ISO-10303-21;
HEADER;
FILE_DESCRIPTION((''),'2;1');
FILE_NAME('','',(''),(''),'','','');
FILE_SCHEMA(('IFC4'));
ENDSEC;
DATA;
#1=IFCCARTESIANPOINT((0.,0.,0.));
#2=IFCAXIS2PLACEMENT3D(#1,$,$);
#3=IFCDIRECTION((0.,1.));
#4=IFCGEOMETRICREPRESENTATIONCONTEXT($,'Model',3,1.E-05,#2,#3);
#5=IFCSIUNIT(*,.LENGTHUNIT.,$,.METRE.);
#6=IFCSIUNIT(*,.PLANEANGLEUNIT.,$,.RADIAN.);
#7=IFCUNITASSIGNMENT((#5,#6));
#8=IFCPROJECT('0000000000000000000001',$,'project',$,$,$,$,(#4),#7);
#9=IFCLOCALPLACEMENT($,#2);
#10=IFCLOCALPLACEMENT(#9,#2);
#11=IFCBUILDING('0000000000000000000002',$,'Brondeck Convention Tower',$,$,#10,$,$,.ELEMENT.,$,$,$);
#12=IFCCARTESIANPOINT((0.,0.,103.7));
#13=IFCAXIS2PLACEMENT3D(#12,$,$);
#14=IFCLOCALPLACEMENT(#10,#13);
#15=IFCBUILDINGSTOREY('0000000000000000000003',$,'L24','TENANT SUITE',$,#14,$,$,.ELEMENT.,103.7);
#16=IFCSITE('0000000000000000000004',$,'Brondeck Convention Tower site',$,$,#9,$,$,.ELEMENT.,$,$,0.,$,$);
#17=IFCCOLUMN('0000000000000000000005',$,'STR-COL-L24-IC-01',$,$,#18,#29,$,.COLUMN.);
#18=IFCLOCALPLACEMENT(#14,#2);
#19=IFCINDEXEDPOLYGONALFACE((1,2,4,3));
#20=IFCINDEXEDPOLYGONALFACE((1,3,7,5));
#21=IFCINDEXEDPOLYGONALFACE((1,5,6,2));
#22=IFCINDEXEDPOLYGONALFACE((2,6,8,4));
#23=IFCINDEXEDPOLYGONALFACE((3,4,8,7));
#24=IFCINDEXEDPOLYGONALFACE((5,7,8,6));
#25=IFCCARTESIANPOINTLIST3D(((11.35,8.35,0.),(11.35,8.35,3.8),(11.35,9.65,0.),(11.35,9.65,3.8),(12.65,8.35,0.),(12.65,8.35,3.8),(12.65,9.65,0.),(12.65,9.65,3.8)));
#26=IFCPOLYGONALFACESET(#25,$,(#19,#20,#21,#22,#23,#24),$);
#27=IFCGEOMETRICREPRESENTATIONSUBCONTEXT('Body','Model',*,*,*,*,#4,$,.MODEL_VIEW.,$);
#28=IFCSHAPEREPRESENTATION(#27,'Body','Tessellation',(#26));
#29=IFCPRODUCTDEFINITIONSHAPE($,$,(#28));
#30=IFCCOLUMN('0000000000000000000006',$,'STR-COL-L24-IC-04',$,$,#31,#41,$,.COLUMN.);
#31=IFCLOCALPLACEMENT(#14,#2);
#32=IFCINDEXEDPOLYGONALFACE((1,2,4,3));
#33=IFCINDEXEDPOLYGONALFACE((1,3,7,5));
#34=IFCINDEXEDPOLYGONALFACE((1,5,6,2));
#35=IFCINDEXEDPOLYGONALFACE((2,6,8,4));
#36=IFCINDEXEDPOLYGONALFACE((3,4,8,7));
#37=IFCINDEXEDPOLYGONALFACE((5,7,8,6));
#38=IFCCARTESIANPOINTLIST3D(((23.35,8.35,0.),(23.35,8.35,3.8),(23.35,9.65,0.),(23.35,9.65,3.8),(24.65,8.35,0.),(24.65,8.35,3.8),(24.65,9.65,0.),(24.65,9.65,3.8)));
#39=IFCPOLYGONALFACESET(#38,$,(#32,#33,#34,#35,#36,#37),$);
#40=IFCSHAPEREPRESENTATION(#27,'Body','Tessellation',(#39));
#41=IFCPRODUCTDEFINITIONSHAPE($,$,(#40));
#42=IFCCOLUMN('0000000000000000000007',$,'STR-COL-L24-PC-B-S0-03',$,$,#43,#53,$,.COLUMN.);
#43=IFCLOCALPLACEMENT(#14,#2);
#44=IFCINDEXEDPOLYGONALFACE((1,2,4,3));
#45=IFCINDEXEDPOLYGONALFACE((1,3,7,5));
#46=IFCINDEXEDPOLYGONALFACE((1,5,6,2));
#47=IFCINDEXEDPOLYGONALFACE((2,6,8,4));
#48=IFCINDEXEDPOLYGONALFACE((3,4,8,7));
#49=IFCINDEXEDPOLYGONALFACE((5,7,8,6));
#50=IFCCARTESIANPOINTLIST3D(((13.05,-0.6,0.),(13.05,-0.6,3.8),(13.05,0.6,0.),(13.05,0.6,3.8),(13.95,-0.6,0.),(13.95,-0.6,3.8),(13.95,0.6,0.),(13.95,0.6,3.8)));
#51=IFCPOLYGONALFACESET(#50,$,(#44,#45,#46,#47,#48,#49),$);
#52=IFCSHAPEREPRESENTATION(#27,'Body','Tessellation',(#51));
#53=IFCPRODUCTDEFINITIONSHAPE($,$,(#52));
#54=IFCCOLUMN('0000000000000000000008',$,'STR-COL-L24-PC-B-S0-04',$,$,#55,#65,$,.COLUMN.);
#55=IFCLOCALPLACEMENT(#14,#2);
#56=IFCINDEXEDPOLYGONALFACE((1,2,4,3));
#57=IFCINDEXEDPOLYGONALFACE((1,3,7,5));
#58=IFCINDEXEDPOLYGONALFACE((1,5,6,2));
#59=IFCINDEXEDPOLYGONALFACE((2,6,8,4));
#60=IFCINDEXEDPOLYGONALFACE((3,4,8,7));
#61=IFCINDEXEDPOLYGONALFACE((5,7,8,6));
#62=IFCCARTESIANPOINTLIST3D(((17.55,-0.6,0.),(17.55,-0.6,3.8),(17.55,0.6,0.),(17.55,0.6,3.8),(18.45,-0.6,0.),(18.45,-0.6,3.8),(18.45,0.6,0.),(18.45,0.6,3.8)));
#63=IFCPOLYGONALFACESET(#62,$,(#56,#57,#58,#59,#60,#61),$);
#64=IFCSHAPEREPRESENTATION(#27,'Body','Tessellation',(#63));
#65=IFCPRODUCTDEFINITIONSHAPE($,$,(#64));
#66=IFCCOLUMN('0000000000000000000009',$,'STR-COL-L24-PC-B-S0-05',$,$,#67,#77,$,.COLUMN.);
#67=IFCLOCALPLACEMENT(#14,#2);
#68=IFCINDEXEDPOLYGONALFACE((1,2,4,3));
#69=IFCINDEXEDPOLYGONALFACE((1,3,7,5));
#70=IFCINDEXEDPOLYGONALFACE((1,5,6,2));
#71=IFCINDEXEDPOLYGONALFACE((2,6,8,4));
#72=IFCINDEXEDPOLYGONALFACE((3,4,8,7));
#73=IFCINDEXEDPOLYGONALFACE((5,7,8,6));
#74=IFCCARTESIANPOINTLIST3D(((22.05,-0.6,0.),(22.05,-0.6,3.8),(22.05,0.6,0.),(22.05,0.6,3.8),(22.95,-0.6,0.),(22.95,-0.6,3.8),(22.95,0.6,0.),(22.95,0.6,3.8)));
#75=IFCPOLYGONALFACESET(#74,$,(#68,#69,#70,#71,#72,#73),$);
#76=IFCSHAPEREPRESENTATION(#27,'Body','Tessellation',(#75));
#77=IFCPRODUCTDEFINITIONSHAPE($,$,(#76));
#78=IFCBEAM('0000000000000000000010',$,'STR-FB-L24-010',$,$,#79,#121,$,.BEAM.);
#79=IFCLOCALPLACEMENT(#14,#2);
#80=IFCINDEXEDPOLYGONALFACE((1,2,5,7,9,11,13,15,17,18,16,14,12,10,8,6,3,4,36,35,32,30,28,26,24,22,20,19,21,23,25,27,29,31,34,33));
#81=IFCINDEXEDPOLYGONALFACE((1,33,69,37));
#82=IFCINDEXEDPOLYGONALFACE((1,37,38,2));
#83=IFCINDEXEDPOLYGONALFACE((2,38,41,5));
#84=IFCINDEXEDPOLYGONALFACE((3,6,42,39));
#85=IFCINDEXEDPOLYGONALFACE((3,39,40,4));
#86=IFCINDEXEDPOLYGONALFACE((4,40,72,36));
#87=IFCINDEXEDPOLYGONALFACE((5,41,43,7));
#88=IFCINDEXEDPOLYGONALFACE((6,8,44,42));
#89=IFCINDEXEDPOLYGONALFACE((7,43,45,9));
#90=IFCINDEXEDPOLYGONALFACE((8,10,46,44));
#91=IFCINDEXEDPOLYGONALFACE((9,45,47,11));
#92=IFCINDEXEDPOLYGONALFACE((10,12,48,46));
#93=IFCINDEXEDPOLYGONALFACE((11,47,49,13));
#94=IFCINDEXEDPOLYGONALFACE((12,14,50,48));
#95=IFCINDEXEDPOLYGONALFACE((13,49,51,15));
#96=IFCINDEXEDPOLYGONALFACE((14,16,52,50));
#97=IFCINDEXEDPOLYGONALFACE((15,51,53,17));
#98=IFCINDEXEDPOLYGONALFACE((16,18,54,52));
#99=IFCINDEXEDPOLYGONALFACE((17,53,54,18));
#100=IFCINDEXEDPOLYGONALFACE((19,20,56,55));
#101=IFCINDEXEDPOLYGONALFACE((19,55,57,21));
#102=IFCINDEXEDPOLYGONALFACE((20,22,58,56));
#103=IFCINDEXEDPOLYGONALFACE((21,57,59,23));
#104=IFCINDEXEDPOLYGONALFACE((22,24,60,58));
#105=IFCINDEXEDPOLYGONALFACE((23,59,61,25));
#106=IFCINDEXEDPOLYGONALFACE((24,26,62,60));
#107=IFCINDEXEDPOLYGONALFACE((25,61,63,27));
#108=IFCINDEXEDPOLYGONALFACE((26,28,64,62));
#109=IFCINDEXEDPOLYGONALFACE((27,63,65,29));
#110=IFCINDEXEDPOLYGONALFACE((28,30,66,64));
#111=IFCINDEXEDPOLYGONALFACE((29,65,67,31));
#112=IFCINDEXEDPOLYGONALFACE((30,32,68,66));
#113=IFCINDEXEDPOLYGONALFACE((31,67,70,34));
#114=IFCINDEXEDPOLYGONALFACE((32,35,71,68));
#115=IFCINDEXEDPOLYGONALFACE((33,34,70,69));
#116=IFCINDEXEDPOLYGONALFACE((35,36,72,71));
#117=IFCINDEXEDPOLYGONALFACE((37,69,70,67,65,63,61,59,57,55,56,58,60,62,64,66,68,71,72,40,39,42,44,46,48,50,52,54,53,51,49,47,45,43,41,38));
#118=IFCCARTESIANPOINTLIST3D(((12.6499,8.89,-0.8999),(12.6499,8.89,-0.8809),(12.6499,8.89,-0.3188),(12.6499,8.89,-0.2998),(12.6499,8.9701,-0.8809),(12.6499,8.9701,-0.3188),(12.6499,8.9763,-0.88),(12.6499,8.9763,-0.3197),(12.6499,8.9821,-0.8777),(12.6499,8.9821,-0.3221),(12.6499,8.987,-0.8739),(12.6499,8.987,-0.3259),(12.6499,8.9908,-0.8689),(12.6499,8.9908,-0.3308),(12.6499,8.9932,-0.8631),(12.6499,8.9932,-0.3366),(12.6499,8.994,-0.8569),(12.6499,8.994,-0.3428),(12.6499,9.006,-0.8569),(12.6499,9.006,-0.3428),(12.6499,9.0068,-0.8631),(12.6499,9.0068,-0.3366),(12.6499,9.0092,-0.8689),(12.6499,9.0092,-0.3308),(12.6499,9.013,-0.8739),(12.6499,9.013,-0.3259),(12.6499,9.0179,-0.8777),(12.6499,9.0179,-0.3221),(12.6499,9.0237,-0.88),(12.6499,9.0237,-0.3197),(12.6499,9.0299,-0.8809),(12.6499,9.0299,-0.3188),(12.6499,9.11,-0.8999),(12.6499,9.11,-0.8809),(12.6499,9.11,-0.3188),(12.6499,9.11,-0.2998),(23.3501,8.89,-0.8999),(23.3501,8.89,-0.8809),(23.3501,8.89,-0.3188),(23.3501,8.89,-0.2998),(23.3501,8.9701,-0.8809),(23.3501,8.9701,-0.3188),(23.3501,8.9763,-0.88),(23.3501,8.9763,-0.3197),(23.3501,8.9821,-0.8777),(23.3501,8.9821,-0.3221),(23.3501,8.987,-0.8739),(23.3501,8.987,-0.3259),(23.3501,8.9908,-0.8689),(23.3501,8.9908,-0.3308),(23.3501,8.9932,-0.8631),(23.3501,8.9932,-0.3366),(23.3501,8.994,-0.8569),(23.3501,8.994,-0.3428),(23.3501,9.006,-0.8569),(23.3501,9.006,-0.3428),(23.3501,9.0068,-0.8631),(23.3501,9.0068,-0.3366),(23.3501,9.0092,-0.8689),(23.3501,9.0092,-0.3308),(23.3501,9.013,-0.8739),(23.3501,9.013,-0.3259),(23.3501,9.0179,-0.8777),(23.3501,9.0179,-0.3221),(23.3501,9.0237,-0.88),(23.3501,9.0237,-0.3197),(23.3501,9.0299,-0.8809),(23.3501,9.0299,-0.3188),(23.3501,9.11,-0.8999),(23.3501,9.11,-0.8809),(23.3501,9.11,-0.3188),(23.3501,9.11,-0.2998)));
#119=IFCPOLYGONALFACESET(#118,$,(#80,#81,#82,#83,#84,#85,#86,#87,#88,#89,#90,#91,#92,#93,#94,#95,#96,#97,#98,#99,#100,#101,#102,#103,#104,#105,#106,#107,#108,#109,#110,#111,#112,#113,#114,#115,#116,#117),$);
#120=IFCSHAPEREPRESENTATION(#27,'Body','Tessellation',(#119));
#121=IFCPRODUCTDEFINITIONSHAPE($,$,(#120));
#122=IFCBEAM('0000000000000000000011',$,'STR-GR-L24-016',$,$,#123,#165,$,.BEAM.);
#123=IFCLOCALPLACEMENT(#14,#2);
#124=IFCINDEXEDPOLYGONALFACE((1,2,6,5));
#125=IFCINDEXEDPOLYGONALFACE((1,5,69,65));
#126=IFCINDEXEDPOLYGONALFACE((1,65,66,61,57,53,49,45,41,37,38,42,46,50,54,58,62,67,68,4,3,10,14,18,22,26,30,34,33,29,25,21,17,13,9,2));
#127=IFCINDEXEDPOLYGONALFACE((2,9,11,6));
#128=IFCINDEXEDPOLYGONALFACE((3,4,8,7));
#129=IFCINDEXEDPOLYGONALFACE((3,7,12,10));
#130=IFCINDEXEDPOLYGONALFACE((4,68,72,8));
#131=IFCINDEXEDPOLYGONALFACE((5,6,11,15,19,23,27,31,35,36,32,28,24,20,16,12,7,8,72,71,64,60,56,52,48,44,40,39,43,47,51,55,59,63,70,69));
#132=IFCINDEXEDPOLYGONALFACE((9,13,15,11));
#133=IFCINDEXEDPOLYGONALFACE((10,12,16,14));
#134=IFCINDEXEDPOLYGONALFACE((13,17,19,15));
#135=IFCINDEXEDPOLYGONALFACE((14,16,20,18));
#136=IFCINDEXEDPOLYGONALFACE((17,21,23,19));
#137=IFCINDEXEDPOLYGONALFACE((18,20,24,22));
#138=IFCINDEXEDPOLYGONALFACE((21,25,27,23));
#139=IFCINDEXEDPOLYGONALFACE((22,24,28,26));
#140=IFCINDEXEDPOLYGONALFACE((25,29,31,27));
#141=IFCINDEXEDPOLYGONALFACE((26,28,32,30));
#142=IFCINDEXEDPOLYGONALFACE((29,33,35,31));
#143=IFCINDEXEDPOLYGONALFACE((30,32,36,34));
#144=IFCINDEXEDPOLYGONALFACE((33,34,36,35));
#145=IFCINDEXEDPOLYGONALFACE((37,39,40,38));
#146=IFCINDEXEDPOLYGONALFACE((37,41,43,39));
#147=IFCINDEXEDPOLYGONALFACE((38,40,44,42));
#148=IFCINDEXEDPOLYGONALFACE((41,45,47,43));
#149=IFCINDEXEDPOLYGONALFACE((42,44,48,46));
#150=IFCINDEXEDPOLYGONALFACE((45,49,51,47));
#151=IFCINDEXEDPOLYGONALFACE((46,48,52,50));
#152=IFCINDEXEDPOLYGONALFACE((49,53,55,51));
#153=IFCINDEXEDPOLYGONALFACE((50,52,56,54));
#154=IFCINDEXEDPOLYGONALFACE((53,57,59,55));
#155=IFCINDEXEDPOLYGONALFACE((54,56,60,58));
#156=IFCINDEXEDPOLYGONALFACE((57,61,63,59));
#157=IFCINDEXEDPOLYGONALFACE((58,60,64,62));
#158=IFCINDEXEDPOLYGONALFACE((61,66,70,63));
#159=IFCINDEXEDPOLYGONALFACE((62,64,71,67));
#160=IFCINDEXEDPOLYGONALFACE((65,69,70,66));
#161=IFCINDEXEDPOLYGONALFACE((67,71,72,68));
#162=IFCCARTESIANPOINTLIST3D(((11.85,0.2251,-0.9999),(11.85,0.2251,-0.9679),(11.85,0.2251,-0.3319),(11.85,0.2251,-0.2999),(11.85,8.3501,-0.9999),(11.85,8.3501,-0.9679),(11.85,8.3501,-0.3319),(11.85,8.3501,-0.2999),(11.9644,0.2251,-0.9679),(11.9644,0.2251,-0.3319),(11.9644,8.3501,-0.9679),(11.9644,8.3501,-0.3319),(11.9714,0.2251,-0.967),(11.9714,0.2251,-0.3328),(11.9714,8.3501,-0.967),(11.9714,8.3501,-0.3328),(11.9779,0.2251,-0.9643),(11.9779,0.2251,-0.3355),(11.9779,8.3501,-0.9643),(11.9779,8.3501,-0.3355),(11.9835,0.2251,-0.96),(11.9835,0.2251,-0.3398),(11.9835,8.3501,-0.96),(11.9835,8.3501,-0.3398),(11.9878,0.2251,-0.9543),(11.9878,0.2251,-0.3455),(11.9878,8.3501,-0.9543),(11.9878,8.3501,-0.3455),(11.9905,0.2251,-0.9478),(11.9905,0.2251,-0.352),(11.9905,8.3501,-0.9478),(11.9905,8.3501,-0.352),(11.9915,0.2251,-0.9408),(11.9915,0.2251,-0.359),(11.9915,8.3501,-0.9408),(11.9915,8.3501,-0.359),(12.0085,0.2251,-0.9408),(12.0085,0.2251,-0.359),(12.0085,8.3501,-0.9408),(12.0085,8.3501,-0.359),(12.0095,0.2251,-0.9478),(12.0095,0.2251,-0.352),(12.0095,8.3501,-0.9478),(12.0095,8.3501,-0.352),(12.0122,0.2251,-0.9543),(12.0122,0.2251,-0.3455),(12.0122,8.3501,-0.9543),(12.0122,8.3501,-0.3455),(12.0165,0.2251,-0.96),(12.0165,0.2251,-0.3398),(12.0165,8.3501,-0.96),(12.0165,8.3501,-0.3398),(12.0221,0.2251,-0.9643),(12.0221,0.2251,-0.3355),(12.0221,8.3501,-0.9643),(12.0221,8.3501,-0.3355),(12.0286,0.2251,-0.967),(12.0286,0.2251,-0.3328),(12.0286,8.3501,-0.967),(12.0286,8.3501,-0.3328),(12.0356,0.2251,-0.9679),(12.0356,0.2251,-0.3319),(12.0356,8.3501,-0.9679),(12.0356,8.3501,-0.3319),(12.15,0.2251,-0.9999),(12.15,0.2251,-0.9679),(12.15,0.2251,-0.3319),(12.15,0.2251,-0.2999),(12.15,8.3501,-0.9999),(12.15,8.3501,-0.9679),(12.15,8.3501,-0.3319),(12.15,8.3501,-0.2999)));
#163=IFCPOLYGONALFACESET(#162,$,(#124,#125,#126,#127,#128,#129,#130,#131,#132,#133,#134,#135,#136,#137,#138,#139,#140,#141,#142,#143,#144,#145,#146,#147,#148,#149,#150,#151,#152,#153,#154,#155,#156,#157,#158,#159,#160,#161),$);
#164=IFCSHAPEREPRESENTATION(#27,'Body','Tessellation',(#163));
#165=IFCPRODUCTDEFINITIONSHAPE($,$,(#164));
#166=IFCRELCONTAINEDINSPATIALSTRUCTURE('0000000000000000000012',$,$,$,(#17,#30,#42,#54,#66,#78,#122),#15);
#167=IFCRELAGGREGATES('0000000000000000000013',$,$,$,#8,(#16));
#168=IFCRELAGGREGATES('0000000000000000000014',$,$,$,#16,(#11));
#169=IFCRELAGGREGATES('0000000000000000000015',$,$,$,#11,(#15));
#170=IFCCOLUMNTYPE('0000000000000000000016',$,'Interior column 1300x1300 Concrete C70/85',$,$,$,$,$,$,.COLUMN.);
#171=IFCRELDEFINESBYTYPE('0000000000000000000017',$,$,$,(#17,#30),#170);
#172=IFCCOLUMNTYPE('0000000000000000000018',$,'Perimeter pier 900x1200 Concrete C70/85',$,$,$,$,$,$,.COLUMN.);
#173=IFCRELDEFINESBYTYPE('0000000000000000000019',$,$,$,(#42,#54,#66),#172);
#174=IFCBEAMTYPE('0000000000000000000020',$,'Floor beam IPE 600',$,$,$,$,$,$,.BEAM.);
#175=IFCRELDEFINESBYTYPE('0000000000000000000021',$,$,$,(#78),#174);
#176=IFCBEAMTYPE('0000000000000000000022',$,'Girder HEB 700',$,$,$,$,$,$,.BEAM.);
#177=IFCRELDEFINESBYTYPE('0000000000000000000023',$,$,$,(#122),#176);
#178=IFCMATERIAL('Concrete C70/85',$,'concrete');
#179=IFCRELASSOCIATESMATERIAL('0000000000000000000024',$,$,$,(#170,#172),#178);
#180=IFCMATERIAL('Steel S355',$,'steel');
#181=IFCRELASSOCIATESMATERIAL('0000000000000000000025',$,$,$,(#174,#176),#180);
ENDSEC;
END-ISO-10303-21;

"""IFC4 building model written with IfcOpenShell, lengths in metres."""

from ifc_helpers import new_model, si_unit, direction, frame, origin, origin_2d, place, context, subcontext, project, spatial, rectangle, i_section, extrude, material, material_profile, profile_set, type_object, element, save


model = new_model("IFC4")

# Units and contexts
model_context = context("Model", 3, precision=1e-05, world=origin(), true_north=direction((0.0, 1.0)))
body_context = subcontext(model_context, "Body", "Model", "MODEL_VIEW")
ifc_project = project(units=[si_unit("LENGTHUNIT", "METRE"), si_unit("PLANEANGLEUNIT", "RADIAN")], contexts=[model_context])

# Site, building, storey
site_placement = place(None, origin())
site = spatial("IfcSite", under=ifc_project, at=site_placement, Name="Brondeck Convention Tower site", CompositionType="ELEMENT", RefElevation=0.0)
building_placement = place(site_placement, origin())
building = spatial("IfcBuilding", under=site, at=building_placement, Name="Brondeck Convention Tower", CompositionType="ELEMENT")
storey_placement = place(building_placement, frame((0.0, 0.0, 103.7)))
storey = spatial("IfcBuildingStorey", under=building, at=storey_placement, Name="L24", Description="TENANT SUITE", CompositionType="ELEMENT", Elevation=103.7)

# Columns
ifc_material_1 = material(Name="Concrete C70/85", Category="concrete")
ifc_material_profile_1 = material_profile(ifc_material_1, rectangle(XDim=1.3, YDim=1.3, at=origin_2d()), Name="Interior column 1300x1300 Concrete C70/85")
ifc_profile_set_1 = profile_set([ifc_material_profile_1], Name="Concrete C70/85")
column_type_1 = type_object("IfcColumnType", Name="Interior column 1300x1300 Concrete C70/85", PredefinedType="COLUMN", material=ifc_profile_set_1)
for number, where, z_axis, x_axis, name in (
    (1, (12.0, 9.0, 0.0), (0.0, 0.0, 1.0), (1.0, 0.0, 0.0), "STR-COL-L24-IC-01"),
    (2, (24.0, 9.0, 0.0), (0.0, 0.0, 1.0), (1.0, 0.0, 0.0), "STR-COL-L24-IC-04"),
):
    element("IfcColumn", number, at=place(storey_placement, frame(where, z_axis=z_axis, x_axis=x_axis)), inside=storey, type_object=column_type_1, Name=name, PredefinedType="COLUMN", context=body_context, shape_type="SweptSolid", body=[
        extrude(rectangle(XDim=1.3, YDim=1.3, at=origin_2d()), origin(), (0.0, 0.0, 1.0), 3.8),
    ])
ifc_material_profile_2 = material_profile(ifc_material_1, rectangle(XDim=0.8999, YDim=1.2, at=origin_2d()), Name="Perimeter pier 900x1200 Concrete C70/85")
ifc_profile_set_2 = profile_set([ifc_material_profile_2], Name="Concrete C70/85")
column_type_2 = type_object("IfcColumnType", Name="Perimeter pier 900x1200 Concrete C70/85", PredefinedType="COLUMN", material=ifc_profile_set_2)
for number, where, z_axis, x_axis, name in (
    (3, (13.5, 0.0, 0.0), (0.0, 0.0, 1.0), (1.0, 0.0, 0.0), "STR-COL-L24-PC-B-S0-03"),
    (4, (18.0, 0.0, 0.0), (0.0, 0.0, 1.0), (1.0, 0.0, 0.0), "STR-COL-L24-PC-B-S0-04"),
    (5, (22.5, 0.0, 0.0), (0.0, 0.0, 1.0), (1.0, 0.0, 0.0), "STR-COL-L24-PC-B-S0-05"),
):
    element("IfcColumn", number, at=place(storey_placement, frame(where, z_axis=z_axis, x_axis=x_axis)), inside=storey, type_object=column_type_2, Name=name, PredefinedType="COLUMN", context=body_context, shape_type="SweptSolid", body=[
        extrude(rectangle(XDim=0.8999, YDim=1.2, at=origin_2d()), origin(), (0.0, 0.0, 1.0), 3.8),
    ])

# Beams
ifc_material_2 = material(Name="Steel S355", Category="steel")
ifc_material_profile_3 = material_profile(ifc_material_2, i_section(OverallWidth=0.22, OverallDepth=0.6001, WebThickness=0.012, FlangeThickness=0.019, FilletRadius=0.0239, at=origin_2d()), Name="IPE 600")
ifc_profile_set_3 = profile_set([ifc_material_profile_3], Name="Steel S355")
beam_type_1 = type_object("IfcBeamType", Name="Floor beam IPE 600", PredefinedType="BEAM", material=ifc_profile_set_3)
beam_1_placement = place(storey_placement, frame((12.6499, 9.0, -0.5999), z_axis=(1.0, 0.0, 0.0), x_axis=(0.0, 1.0, 0.0)))
element("IfcBeam", 6, at=beam_1_placement, inside=storey, type_object=beam_type_1, Name="STR-FB-L24-010", PredefinedType="BEAM", context=body_context, shape_type="SweptSolid", body=[
    extrude(i_section(OverallWidth=0.22, OverallDepth=0.6001, WebThickness=0.012, FlangeThickness=0.019, FilletRadius=0.0239, at=origin_2d()), origin(), (0.0, 0.0, 1.0), 10.7002),
])
ifc_material_profile_4 = material_profile(ifc_material_2, i_section(OverallWidth=0.3, OverallDepth=0.7, WebThickness=0.0171, FlangeThickness=0.032, FilletRadius=0.0271, at=origin_2d()), Name="HEB 700")
ifc_profile_set_4 = profile_set([ifc_material_profile_4], Name="Steel S355")
beam_type_2 = type_object("IfcBeamType", Name="Girder HEB 700", PredefinedType="BEAM", material=ifc_profile_set_4)
beam_2_placement = place(storey_placement, frame((12.0, 8.3501, -0.6499), z_axis=(0.0, -1.0, 0.0), x_axis=(1.0, 0.0, 0.0)))
element("IfcBeam", 7, at=beam_2_placement, inside=storey, type_object=beam_type_2, Name="STR-GR-L24-016", PredefinedType="BEAM", context=body_context, shape_type="SweptSolid", body=[
    extrude(i_section(OverallWidth=0.3, OverallDepth=0.7, WebThickness=0.0171, FlangeThickness=0.032, FilletRadius=0.0271, at=origin_2d()), origin(), (0.0, 0.0, 1.0), 8.125),
])

save(model, "model.ifc")
